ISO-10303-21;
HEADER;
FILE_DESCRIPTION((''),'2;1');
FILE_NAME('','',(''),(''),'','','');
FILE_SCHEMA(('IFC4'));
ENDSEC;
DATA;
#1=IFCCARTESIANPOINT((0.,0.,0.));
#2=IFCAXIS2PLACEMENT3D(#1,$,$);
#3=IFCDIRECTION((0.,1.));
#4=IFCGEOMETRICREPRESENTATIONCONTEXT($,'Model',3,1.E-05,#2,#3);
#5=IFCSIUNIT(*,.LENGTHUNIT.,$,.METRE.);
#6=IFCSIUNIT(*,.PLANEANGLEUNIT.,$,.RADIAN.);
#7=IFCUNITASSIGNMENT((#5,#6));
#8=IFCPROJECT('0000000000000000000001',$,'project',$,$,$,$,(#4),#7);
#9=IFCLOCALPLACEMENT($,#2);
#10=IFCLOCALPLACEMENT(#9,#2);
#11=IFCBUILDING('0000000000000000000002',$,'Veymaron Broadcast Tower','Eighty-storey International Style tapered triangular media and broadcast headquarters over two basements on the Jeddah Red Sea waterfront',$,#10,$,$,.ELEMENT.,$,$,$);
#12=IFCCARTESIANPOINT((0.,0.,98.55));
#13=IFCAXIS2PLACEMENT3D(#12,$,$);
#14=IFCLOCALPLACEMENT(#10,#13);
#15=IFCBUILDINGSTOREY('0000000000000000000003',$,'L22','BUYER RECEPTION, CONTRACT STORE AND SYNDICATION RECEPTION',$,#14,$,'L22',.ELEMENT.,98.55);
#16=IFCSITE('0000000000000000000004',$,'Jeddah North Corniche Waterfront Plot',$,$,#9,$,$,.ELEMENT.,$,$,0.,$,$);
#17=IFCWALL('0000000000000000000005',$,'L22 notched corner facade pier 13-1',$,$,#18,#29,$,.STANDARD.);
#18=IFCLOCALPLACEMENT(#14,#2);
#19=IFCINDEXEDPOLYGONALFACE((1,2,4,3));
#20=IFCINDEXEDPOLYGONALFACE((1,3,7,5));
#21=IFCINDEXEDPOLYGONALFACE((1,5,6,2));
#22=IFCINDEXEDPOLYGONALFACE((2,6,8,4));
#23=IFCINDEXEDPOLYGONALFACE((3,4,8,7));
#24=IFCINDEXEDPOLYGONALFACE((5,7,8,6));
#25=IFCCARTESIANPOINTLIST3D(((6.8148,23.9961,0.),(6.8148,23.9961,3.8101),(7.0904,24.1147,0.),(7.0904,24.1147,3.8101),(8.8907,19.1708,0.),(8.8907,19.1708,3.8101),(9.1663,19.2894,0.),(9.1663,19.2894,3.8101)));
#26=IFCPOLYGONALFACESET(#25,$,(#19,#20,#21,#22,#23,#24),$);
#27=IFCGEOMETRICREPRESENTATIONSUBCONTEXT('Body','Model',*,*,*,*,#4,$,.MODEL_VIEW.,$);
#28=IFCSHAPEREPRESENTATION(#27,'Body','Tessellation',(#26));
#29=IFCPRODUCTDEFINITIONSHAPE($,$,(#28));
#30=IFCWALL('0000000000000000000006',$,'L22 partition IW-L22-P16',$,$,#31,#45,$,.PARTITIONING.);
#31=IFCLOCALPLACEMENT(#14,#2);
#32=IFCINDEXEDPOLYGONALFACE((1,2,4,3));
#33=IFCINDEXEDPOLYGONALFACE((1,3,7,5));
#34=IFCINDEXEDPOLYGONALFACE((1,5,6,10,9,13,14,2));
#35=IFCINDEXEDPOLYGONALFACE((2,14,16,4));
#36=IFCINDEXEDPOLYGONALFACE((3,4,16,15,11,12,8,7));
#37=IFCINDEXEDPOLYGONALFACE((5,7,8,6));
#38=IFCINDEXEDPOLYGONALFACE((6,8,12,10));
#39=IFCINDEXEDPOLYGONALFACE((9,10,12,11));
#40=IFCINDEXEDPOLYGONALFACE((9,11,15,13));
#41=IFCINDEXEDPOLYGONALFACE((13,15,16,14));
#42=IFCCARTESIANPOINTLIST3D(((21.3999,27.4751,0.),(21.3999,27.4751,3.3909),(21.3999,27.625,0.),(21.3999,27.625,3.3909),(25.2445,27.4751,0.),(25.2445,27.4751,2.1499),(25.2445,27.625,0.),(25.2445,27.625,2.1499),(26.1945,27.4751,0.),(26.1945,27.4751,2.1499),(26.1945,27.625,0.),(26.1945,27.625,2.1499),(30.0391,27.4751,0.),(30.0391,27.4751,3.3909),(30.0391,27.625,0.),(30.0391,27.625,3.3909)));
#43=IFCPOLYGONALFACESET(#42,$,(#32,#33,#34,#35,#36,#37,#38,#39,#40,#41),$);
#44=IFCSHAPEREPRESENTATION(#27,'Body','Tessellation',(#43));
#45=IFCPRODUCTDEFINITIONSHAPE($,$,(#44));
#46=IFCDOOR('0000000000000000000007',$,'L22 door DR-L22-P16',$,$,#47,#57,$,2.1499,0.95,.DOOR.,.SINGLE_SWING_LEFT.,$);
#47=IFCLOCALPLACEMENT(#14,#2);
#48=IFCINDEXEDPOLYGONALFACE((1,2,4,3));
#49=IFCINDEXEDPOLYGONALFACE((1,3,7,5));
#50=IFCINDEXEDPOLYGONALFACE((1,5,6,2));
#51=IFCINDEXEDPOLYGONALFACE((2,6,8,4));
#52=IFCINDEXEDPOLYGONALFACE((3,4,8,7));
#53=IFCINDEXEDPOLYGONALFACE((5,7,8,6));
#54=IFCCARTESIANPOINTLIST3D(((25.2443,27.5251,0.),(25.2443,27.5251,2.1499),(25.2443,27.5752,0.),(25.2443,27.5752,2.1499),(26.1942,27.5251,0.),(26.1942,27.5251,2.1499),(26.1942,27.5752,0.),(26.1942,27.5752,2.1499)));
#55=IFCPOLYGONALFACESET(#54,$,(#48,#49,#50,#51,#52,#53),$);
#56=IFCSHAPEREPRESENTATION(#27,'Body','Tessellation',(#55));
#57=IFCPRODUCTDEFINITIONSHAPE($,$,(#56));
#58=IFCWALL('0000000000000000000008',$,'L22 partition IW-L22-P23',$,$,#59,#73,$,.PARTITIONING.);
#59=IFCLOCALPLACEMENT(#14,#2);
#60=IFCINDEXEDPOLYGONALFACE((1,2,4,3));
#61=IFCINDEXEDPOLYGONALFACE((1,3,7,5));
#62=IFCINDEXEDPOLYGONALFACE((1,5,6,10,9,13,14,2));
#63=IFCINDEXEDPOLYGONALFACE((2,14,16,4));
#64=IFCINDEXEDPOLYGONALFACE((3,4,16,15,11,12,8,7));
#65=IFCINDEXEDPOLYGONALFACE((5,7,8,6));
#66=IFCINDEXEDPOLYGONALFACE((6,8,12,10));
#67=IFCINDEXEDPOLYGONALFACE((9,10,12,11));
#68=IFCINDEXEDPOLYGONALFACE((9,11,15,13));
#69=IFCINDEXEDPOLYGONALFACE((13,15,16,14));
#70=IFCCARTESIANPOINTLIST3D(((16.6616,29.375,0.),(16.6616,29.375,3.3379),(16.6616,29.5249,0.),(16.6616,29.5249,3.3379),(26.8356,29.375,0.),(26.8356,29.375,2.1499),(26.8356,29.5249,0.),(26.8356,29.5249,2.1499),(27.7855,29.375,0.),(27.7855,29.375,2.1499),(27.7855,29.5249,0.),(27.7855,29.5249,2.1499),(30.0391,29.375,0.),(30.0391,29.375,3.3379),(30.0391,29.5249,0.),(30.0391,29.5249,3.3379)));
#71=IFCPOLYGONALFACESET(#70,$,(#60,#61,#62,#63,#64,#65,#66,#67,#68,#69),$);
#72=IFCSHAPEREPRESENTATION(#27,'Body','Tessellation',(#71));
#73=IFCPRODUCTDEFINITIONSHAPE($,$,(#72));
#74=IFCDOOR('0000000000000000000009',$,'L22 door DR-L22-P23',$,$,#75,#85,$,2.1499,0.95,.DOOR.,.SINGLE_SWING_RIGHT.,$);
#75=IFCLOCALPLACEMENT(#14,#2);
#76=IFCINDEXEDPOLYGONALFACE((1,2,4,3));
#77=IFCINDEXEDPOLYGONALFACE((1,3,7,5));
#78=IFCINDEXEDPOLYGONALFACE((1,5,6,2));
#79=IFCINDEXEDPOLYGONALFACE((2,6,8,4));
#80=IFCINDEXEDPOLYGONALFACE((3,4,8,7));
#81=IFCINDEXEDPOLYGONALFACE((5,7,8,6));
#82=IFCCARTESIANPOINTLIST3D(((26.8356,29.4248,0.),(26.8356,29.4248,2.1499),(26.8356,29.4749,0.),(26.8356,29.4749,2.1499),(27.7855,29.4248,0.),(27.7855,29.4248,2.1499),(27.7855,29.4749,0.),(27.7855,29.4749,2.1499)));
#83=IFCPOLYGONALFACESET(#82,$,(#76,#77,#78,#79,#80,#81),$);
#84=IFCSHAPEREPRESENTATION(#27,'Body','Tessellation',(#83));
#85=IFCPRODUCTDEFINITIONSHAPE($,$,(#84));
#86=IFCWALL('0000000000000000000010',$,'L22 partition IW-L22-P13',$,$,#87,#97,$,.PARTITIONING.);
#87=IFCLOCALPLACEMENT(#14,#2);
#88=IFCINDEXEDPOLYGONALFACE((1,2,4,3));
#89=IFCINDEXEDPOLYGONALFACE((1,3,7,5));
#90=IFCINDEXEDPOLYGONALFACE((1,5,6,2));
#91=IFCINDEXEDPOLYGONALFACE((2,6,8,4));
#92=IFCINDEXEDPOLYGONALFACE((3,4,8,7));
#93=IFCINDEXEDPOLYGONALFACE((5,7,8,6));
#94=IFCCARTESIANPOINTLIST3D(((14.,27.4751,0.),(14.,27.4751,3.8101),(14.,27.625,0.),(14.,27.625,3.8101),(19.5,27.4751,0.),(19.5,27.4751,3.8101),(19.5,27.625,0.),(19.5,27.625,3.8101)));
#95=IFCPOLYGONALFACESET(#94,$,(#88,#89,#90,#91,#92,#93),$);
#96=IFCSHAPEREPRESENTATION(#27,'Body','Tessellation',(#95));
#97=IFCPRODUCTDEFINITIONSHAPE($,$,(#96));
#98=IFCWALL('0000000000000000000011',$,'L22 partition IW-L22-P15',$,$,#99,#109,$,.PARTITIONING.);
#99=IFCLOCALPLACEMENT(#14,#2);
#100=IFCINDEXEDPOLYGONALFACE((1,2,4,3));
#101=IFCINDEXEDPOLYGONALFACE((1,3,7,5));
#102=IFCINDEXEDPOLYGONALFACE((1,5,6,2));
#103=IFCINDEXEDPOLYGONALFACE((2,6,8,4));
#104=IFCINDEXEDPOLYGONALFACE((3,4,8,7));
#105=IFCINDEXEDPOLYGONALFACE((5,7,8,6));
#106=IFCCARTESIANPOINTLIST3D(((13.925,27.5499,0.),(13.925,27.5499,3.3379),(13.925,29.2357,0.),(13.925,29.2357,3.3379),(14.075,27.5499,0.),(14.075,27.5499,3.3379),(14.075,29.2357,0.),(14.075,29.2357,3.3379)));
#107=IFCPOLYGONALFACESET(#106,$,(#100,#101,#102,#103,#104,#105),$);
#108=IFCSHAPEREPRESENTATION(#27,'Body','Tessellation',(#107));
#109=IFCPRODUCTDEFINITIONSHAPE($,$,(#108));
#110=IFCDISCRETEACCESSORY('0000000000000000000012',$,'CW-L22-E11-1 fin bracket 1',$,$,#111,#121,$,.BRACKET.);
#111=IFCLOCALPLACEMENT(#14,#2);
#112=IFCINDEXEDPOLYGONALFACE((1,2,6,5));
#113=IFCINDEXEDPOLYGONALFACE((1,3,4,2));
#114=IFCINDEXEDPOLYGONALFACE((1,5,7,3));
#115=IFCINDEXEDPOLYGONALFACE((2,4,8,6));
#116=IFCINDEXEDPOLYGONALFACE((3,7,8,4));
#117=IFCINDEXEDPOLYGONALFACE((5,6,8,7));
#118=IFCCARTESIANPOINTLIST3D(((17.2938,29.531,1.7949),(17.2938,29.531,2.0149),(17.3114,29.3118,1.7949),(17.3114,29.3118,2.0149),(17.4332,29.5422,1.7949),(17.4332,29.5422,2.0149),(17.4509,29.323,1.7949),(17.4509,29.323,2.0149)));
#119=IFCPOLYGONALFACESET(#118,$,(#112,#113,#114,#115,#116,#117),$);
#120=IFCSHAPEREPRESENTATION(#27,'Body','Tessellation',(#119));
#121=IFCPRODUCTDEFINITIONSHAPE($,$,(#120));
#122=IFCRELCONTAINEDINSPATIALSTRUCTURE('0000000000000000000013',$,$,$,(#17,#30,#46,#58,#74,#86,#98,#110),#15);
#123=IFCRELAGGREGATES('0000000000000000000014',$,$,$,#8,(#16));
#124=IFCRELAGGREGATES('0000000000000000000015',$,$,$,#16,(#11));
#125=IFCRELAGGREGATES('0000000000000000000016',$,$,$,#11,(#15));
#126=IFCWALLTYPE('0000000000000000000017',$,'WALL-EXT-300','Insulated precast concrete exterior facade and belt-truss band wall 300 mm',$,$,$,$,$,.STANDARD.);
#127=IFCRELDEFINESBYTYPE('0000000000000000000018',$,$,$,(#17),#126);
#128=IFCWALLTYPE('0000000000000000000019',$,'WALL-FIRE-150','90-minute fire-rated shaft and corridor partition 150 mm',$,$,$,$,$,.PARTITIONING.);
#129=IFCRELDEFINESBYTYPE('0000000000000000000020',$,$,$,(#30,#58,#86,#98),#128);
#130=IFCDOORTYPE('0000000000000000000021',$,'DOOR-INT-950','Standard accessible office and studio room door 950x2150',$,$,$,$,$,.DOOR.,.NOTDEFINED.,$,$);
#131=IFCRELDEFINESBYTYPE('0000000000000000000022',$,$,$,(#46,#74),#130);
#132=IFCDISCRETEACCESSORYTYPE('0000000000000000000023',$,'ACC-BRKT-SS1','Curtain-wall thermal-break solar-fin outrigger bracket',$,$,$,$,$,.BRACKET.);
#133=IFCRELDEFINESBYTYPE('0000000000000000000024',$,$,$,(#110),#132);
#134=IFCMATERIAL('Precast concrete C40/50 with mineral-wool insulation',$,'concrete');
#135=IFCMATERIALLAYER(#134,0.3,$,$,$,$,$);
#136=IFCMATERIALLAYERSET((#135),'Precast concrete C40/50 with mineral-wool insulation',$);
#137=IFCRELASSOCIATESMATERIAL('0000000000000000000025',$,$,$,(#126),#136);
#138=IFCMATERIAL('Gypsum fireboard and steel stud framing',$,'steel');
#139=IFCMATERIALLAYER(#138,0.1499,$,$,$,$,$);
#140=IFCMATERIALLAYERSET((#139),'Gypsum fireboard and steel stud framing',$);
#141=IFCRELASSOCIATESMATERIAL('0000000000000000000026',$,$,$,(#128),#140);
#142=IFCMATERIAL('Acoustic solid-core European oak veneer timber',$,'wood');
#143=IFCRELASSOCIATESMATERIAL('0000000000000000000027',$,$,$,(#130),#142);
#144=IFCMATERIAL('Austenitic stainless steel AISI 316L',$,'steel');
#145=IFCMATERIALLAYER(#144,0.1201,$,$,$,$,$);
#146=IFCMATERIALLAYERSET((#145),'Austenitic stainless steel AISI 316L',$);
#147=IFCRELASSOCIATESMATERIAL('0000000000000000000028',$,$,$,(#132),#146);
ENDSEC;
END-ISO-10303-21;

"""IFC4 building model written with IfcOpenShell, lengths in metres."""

from ifc_helpers import new_model, si_unit, direction, frame, frame_2d, origin, origin_2d, place, context, subcontext, project, spatial, rectangle, extrude, material, layer, layer_set, type_object, element, fill, save


model = new_model("IFC4")

# Units and contexts
model_context = context("Model", 3, precision=1e-05, world=origin(), true_north=direction((0.0, 1.0)))
body_context = subcontext(model_context, "Body", "Model", "MODEL_VIEW")
ifc_project = project(units=[si_unit("LENGTHUNIT", "METRE"), si_unit("PLANEANGLEUNIT", "RADIAN")], contexts=[model_context])

# Site, building, storey
site_placement = place(None, origin())
site = spatial("IfcSite", under=ifc_project, at=site_placement, Name="Jeddah North Corniche Waterfront Plot", CompositionType="ELEMENT", RefElevation=0.0)
building_placement = place(site_placement, origin())
building = spatial("IfcBuilding", under=site, at=building_placement, Name="Veymaron Broadcast Tower", Description="Eighty-storey International Style tapered triangular media and broadcast headquarters over two basements on the Jeddah Red Sea waterfront", CompositionType="ELEMENT")
storey_placement = place(building_placement, frame((0.0, 0.0, 98.55)))
storey = spatial("IfcBuildingStorey", under=building, at=storey_placement, Name="L22", Description="BUYER RECEPTION, CONTRACT STORE AND SYNDICATION RECEPTION", LongName="L22", CompositionType="ELEMENT", Elevation=98.55)

# Wall
ifc_material_1 = material(Name="Precast concrete C40/50 with mineral-wool insulation", Category="concrete")
ifc_layer_1 = layer(ifc_material_1, 0.3)
ifc_layer_set_1 = layer_set([ifc_layer_1], Name="Precast concrete C40/50 with mineral-wool insulation")
wall_type_1 = type_object("IfcWallType", Name="WALL-EXT-300", Description="Insulated precast concrete exterior facade and belt-truss band wall 300 mm", PredefinedType="STANDARD", material=ifc_layer_set_1)
for number, where, z_axis, x_axis, name in (
    (1, (6.9526, 24.0554, 0.0), (0.0, 0.0, 1.0), (0.395187, -0.918601, 0.0), "L22 notched corner facade pier 13-1"),
):
    element("IfcWall", number, at=place(storey_placement, frame(where, z_axis=z_axis, x_axis=x_axis)), inside=storey, type_object=wall_type_1, Name=name, PredefinedType="STANDARD", context=body_context, shape_type="SweptSolid", body=[
        extrude(rectangle(XDim=5.2529, YDim=0.3, at=frame_2d((2.6265, 0.0))), origin(), (0.0, 0.0, 1.0), 3.8101),
    ])

# Walls, openings, doors
ifc_material_2 = material(Name="Gypsum fireboard and steel stud framing", Category="steel")
ifc_layer_2 = layer(ifc_material_2, 0.1499)
ifc_layer_set_2 = layer_set([ifc_layer_2], Name="Gypsum fireboard and steel stud framing")
wall_type_2 = type_object("IfcWallType", Name="WALL-FIRE-150", Description="90-minute fire-rated shaft and corridor partition 150 mm", PredefinedType="PARTITIONING", material=ifc_layer_set_2)
wall_1_placement = place(storey_placement, frame((21.3999, 27.55, 0.0), z_axis=(0.0, 0.0, 1.0), x_axis=(1.0, 0.0, 0.0)))
wall_1 = element("IfcWall", 2, at=wall_1_placement, inside=storey, type_object=wall_type_2, Name="L22 partition IW-L22-P16", PredefinedType="PARTITIONING", context=body_context, shape_type="SweptSolid", body=[
    extrude(rectangle(XDim=8.6392, YDim=0.1499, at=frame_2d((4.3196, 0.0))), origin(), (0.0, 0.0, 1.0), 3.3909),
])
opening_1_placement = place(wall_1_placement, frame((3.8445, 0.0, 0.0)))
opening_1 = element("IfcOpeningElement", 3, at=opening_1_placement, cuts=wall_1, PredefinedType="OPENING", context=body_context, shape_type="SweptSolid", body=[
    extrude(rectangle(XDim=0.95, YDim=2.1499, at=frame_2d((0.4751, 1.075))), frame((0.0, 0.085, 0.0), z_axis=(0.0, -1.0, 0.0), x_axis=(1.0, 0.0, 0.0)), (0.0, 0.0, 1.0), 0.1699),
])
ifc_material_3 = material(Name="Acoustic solid-core European oak veneer timber", Category="wood")
door_type = type_object("IfcDoorType", Name="DOOR-INT-950", Description="Standard accessible office and studio room door 950x2150", OperationType="NOTDEFINED", PredefinedType="DOOR", material=ifc_material_3)
door_1_placement = place(opening_1_placement, frame((0.95, 0.0, 0.0), z_axis=(0.0, 0.0, 1.0), x_axis=(-1.0, 0.0, 0.0)))
door_1 = element("IfcDoor", 4, at=door_1_placement, inside=storey, type_object=door_type, Name="L22 door DR-L22-P16", OperationType="SINGLE_SWING_LEFT", OverallHeight=2.1499, OverallWidth=0.95, PredefinedType="DOOR", context=body_context, shape_type="SweptSolid", body=[
    extrude(rectangle(XDim=0.95, YDim=2.1499, at=frame_2d((0.4751, 1.075))), frame((0.0, 0.0249, 0.0), z_axis=(0.0, -1.0, 0.0), x_axis=(1.0, 0.0, 0.0)), (0.0, 0.0, 1.0), 0.05),
])
fill(opening_1, door_1)
wall_2_placement = place(storey_placement, frame((16.6616, 29.45, 0.0), z_axis=(0.0, 0.0, 1.0), x_axis=(1.0, 0.0, 0.0)))
wall_2 = element("IfcWall", 5, at=wall_2_placement, inside=storey, type_object=wall_type_2, Name="L22 partition IW-L22-P23", PredefinedType="PARTITIONING", context=body_context, shape_type="SweptSolid", body=[
    extrude(rectangle(XDim=13.3774, YDim=0.1499, at=frame_2d((6.6887, 0.0))), origin(), (0.0, 0.0, 1.0), 3.3379),
])
opening_2_placement = place(wall_2_placement, frame((10.1738, 0.0, 0.0)))
opening_2 = element("IfcOpeningElement", 6, at=opening_2_placement, cuts=wall_2, PredefinedType="OPENING", context=body_context, shape_type="SweptSolid", body=[
    extrude(rectangle(XDim=0.95, YDim=2.1499, at=frame_2d((0.4751, 1.075))), frame((0.0, 0.085, 0.0), z_axis=(0.0, -1.0, 0.0), x_axis=(1.0, 0.0, 0.0)), (0.0, 0.0, 1.0), 0.1699),
])
door_2_placement = place(opening_2_placement, origin())
door_2 = element("IfcDoor", 7, at=door_2_placement, inside=storey, type_object=door_type, Name="L22 door DR-L22-P23", OperationType="SINGLE_SWING_RIGHT", OverallHeight=2.1499, OverallWidth=0.95, PredefinedType="DOOR", context=body_context, shape_type="SweptSolid", body=[
    extrude(rectangle(XDim=0.95, YDim=2.1499, at=frame_2d((0.4751, 1.075))), frame((0.0, 0.0249, 0.0), z_axis=(0.0, -1.0, 0.0), x_axis=(1.0, 0.0, 0.0)), (0.0, 0.0, 1.0), 0.05),
])
fill(opening_2, door_2)

# Walls
wall_3_placement = place(storey_placement, frame((14.0, 27.55, 0.0), z_axis=(0.0, 0.0, 1.0), x_axis=(1.0, 0.0, 0.0)))
element("IfcWall", 8, at=wall_3_placement, inside=storey, type_object=wall_type_2, Name="L22 partition IW-L22-P13", PredefinedType="PARTITIONING", context=body_context, shape_type="SweptSolid", body=[
    extrude(rectangle(XDim=5.5, YDim=0.1499, at=frame_2d((2.75, 0.0))), origin(), (0.0, 0.0, 1.0), 3.8101),
])
wall_4_placement = place(storey_placement, frame((14.0, 27.55, 0.0), z_axis=(0.0, 0.0, 1.0), x_axis=(0.0, 1.0, 0.0)))
element("IfcWall", 9, at=wall_4_placement, inside=storey, type_object=wall_type_2, Name="L22 partition IW-L22-P15", PredefinedType="PARTITIONING", context=body_context, shape_type="SweptSolid", body=[
    extrude(rectangle(XDim=1.6858, YDim=0.1499, at=frame_2d((0.8428, 0.0))), origin(), (0.0, 0.0, 1.0), 3.3379),
])

# Discrete accessory
ifc_material_4 = material(Name="Austenitic stainless steel AISI 316L", Category="steel")
ifc_layer_3 = layer(ifc_material_4, 0.1201)
ifc_layer_set_3 = layer_set([ifc_layer_3], Name="Austenitic stainless steel AISI 316L")
discrete_accessory_type = type_object("IfcDiscreteAccessoryType", Name="ACC-BRKT-SS1", Description="Curtain-wall thermal-break solar-fin outrigger bracket", PredefinedType="BRACKET", material=ifc_layer_set_3)
discrete_accessory_placement = place(storey_placement, frame((17.3723, 29.427, 1.7949), z_axis=(0.0, 0.0, 1.0), x_axis=(-0.080234, 0.996776, 0.0)))
element("IfcDiscreteAccessory", 10, at=discrete_accessory_placement, inside=storey, type_object=discrete_accessory_type, Name="CW-L22-E11-1 fin bracket 1", PredefinedType="BRACKET", context=body_context, shape_type="SweptSolid", body=[
    extrude(rectangle(XDim=0.22, YDim=0.1399, at=origin_2d()), origin(), (0.0, 0.0, 1.0), 0.22),
])

save(model, "model.ifc")
